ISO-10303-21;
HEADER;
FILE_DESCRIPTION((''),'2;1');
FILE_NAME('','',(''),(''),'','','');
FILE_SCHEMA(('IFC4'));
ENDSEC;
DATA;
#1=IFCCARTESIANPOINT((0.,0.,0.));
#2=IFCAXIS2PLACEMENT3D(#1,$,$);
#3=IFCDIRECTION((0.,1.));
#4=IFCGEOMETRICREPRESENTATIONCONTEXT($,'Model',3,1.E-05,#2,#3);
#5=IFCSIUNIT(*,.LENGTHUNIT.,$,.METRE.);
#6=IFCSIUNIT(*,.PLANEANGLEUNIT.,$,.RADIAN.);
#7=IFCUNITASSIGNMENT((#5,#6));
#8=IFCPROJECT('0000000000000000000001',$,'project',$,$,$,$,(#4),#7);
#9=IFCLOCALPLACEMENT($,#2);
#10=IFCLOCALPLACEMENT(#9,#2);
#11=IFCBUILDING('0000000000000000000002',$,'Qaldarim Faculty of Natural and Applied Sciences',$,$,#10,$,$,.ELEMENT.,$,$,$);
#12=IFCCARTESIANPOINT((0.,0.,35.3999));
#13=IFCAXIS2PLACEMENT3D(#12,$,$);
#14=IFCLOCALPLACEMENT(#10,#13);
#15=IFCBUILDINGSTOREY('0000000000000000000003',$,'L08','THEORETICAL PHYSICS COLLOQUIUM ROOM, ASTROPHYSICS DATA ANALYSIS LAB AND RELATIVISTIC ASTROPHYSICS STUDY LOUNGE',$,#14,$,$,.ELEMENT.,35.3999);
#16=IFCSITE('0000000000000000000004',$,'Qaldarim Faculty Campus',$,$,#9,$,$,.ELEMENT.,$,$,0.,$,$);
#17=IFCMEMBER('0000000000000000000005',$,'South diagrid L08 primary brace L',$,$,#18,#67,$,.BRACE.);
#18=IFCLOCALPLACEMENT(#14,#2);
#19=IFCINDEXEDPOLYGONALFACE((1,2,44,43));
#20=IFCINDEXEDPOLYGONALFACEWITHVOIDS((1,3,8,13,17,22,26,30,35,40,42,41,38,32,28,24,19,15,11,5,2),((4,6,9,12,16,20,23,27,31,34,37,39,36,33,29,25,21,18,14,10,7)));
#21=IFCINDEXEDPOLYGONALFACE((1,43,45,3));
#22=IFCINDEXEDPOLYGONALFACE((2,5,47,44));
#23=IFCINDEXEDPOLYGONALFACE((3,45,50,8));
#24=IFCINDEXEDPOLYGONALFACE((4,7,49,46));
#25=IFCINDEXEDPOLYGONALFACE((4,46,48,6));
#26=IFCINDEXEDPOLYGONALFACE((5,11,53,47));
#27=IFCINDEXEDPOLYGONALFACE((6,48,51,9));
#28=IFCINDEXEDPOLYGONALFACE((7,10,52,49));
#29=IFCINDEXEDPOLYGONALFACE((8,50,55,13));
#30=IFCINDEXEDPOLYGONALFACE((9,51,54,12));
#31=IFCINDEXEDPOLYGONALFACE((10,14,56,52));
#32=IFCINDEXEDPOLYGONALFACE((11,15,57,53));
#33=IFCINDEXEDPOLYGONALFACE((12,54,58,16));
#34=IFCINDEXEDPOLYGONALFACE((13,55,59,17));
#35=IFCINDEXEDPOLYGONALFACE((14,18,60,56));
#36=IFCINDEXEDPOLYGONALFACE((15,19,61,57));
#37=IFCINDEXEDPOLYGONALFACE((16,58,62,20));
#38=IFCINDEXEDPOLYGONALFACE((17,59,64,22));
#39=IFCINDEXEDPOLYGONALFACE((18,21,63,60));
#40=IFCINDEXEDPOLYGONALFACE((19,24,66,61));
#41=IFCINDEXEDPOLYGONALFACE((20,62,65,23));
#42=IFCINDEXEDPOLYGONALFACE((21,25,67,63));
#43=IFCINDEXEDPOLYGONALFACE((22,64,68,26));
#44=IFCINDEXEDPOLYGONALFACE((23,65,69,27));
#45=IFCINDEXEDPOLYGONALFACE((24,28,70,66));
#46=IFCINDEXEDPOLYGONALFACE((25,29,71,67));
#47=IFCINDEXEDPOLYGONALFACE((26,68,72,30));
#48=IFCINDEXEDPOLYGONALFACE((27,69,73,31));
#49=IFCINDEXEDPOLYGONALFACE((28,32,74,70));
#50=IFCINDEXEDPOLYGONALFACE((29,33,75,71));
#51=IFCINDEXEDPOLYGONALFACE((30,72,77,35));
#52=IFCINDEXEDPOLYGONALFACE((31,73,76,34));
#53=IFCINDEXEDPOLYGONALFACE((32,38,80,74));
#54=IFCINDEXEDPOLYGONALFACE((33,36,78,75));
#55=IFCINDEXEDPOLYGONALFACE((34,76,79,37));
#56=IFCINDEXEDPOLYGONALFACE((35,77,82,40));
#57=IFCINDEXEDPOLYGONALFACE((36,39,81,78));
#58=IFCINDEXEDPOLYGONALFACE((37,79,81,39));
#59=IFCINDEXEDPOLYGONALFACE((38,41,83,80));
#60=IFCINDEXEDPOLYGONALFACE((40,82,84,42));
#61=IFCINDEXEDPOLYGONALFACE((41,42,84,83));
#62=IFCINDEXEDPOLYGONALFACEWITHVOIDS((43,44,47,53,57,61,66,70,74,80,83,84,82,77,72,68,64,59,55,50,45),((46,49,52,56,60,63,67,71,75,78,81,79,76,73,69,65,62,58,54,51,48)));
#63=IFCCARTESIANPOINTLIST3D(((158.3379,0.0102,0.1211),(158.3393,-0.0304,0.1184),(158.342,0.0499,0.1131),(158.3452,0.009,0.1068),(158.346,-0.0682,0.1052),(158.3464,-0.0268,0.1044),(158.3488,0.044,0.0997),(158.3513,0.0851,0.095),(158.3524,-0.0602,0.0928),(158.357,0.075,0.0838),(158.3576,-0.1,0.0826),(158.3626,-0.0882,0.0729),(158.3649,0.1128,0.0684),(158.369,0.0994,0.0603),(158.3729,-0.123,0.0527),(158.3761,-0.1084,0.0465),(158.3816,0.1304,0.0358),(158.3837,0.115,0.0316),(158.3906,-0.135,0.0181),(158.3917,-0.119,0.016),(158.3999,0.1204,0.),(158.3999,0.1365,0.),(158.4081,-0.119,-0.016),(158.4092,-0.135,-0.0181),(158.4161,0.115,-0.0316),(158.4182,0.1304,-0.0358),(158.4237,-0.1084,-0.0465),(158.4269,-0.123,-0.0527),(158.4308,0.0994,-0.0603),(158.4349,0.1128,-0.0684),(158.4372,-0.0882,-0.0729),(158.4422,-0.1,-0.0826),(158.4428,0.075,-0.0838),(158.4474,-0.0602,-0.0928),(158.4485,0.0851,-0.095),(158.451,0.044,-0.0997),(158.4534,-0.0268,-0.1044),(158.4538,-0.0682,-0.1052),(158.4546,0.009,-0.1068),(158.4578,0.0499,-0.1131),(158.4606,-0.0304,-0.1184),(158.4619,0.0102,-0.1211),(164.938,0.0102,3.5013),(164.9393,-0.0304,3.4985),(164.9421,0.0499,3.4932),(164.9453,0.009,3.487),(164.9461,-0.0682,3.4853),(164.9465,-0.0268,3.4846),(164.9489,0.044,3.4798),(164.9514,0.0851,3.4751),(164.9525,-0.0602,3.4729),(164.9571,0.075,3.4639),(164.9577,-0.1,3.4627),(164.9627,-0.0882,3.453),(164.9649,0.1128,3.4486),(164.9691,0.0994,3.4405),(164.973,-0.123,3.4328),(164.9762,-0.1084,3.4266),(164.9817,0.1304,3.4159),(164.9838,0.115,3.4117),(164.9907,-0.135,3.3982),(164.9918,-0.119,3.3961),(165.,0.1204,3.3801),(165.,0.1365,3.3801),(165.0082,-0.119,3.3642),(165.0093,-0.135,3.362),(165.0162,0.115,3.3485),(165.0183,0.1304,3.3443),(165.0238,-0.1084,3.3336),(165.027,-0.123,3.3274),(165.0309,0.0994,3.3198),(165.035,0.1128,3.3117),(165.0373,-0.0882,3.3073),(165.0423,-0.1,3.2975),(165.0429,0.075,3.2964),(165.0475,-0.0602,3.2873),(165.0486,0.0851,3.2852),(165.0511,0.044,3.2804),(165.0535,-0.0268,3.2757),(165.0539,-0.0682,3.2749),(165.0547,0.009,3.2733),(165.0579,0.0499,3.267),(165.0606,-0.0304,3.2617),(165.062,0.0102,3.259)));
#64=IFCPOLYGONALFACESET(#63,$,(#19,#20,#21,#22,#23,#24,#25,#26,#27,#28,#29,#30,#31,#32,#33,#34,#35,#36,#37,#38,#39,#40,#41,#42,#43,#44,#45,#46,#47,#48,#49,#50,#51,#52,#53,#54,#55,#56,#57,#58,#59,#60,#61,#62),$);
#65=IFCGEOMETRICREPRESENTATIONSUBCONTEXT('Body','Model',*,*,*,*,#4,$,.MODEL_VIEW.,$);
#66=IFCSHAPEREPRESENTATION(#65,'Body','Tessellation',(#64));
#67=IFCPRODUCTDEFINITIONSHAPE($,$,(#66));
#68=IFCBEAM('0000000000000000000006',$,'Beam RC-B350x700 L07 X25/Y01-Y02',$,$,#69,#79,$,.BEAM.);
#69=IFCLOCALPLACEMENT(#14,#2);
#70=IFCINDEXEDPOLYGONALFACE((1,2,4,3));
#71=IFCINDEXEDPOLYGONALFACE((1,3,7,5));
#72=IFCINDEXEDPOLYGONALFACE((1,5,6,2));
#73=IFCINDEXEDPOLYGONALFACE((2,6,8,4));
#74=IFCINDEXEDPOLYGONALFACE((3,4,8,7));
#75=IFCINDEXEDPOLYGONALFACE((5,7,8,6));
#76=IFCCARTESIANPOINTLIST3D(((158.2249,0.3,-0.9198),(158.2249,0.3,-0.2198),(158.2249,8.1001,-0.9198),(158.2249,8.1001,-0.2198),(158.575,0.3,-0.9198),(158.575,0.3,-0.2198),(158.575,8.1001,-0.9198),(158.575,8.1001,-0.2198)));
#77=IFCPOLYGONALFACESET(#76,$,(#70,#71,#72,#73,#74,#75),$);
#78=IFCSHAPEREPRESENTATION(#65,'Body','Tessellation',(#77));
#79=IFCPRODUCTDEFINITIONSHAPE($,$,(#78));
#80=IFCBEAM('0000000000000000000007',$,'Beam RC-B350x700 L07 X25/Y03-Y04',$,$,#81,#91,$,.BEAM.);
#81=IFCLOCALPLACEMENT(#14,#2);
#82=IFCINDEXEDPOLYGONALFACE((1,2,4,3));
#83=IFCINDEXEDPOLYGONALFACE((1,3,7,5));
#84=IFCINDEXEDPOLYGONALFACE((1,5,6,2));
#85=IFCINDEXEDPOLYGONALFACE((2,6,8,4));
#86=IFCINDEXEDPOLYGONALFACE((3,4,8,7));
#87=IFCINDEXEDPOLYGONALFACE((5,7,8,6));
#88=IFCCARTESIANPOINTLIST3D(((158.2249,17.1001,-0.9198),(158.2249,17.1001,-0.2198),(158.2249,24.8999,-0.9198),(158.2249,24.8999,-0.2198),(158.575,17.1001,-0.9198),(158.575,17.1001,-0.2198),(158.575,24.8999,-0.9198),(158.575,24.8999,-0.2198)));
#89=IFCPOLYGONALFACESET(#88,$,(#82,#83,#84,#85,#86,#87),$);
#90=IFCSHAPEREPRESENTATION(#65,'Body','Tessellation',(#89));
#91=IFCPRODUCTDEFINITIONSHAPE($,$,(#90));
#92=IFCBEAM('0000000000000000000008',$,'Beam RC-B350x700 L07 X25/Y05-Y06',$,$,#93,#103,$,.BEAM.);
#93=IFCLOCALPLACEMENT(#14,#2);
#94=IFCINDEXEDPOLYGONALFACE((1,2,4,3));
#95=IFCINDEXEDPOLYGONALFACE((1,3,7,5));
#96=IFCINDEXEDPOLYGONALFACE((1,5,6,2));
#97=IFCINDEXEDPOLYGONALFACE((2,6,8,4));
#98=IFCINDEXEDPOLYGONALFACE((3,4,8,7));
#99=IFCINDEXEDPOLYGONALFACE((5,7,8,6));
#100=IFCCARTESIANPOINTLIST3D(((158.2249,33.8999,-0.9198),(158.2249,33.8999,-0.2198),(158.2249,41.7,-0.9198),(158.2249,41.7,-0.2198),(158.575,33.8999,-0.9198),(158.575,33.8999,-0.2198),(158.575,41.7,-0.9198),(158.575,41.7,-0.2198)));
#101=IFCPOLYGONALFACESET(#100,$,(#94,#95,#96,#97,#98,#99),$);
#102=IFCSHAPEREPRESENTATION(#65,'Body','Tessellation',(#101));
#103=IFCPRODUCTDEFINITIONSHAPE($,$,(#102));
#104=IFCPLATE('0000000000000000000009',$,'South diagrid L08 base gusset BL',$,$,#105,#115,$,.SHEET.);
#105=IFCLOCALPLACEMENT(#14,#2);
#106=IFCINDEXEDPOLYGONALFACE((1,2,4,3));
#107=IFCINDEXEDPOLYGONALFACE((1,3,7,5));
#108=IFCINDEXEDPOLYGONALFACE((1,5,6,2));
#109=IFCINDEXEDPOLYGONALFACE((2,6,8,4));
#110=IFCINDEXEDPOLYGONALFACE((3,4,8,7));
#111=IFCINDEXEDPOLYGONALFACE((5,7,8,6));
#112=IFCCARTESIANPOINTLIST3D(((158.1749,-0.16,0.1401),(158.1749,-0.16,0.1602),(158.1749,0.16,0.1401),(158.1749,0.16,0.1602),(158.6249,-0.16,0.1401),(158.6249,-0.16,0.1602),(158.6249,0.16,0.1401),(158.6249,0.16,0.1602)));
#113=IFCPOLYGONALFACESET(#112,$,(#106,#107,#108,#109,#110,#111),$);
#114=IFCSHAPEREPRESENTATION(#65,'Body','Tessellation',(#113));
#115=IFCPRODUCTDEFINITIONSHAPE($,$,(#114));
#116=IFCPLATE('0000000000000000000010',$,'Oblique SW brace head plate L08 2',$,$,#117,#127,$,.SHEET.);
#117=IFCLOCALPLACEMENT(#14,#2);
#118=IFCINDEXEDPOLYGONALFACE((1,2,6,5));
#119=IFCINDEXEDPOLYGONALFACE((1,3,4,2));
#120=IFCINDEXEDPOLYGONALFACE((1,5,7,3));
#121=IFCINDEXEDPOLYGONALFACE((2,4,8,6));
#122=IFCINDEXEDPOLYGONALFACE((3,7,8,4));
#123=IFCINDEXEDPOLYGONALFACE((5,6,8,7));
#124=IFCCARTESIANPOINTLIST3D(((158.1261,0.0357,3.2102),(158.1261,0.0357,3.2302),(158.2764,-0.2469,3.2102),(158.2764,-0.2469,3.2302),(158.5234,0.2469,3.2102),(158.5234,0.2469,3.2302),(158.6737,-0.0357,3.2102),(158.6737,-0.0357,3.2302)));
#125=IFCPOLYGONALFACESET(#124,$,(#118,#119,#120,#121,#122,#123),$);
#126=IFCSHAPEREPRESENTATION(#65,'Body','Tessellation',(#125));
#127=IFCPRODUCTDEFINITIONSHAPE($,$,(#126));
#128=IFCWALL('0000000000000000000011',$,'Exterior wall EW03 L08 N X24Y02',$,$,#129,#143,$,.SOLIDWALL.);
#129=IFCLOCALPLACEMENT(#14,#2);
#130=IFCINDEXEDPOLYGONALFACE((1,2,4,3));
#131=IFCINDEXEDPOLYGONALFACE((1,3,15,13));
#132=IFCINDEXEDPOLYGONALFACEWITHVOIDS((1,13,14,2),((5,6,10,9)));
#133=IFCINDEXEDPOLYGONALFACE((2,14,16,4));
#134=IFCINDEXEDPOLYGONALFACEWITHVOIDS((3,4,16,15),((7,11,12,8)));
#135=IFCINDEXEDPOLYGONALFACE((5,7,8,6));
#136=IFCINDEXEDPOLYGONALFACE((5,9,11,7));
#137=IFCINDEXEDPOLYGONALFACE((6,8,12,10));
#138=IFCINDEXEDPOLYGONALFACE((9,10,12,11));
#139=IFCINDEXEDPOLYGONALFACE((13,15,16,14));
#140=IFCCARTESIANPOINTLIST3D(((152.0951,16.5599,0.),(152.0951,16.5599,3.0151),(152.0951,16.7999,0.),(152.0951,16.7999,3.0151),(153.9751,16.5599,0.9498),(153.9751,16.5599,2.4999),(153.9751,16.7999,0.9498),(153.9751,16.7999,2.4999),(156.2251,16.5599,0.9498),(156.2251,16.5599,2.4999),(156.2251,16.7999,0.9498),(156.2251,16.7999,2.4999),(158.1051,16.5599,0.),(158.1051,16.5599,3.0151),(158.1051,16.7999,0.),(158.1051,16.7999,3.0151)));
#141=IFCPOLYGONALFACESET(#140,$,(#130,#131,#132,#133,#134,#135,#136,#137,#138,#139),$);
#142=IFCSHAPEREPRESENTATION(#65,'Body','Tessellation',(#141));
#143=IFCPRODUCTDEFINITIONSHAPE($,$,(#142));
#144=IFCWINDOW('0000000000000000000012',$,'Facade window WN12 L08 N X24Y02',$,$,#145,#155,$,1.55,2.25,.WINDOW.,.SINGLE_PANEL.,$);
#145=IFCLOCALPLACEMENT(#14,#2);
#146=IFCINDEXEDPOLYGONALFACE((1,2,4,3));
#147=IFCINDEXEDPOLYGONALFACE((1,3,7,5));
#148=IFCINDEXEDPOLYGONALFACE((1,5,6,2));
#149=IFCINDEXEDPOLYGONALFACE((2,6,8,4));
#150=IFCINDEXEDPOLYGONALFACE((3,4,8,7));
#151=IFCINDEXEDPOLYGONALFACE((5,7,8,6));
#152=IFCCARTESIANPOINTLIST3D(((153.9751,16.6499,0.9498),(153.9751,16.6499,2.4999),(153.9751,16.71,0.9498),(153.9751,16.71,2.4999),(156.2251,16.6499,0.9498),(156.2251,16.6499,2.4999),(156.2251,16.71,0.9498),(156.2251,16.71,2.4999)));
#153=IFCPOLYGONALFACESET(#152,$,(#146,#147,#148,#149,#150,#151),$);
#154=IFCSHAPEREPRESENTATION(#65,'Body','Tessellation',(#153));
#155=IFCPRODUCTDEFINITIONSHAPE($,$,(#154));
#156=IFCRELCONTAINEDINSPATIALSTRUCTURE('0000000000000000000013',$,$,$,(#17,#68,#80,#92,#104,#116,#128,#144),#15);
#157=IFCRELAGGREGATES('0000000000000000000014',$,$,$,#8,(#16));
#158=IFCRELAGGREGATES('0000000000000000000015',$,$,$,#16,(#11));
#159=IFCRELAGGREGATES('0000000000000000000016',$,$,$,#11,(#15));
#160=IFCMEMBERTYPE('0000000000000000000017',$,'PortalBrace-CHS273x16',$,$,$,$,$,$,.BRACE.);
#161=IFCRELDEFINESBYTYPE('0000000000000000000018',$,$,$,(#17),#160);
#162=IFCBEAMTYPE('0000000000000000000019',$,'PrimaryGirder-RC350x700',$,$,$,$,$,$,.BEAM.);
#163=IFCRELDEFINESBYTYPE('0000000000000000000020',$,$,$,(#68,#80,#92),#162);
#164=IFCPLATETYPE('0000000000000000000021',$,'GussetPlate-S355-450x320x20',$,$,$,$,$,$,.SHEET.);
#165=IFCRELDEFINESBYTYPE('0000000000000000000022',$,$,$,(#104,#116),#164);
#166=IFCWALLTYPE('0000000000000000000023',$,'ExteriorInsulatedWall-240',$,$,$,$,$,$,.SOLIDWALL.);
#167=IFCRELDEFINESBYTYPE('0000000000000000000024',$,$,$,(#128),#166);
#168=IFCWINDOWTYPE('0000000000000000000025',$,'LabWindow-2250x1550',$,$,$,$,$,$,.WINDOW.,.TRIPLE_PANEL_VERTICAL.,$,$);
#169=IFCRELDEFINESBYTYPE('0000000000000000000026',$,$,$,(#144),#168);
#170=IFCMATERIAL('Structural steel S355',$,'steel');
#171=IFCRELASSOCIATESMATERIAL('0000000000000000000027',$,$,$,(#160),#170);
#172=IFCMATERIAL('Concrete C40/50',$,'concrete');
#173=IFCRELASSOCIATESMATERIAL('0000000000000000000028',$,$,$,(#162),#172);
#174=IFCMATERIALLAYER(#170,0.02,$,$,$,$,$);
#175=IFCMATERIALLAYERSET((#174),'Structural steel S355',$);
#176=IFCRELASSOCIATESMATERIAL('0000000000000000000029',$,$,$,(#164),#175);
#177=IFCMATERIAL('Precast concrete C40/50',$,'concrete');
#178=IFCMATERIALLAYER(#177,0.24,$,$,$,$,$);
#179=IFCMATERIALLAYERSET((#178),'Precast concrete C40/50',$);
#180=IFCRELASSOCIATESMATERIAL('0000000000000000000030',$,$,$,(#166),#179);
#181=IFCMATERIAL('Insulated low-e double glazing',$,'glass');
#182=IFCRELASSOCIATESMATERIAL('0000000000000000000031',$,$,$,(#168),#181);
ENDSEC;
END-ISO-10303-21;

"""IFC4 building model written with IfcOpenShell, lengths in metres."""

from ifc_helpers import new_model, si_unit, direction, frame, frame_2d, origin, origin_2d, place, context, subcontext, project, spatial, rectangle, hollow_circle, extrude, material, layer, layer_set, material_profile, profile_set, type_object, element, fill, save


model = new_model("IFC4")

# Units and contexts
model_context = context("Model", 3, precision=1e-05, world=origin(), true_north=direction((0.0, 1.0)))
body_context = subcontext(model_context, "Body", "Model", "MODEL_VIEW")
ifc_project = project(units=[si_unit("LENGTHUNIT", "METRE"), si_unit("PLANEANGLEUNIT", "RADIAN")], contexts=[model_context])

# Site, building, storey
site_placement = place(None, origin())
site = spatial("IfcSite", under=ifc_project, at=site_placement, Name="Qaldarim Faculty Campus", CompositionType="ELEMENT", RefElevation=0.0)
building_placement = place(site_placement, origin())
building = spatial("IfcBuilding", under=site, at=building_placement, Name="Qaldarim Faculty of Natural and Applied Sciences", CompositionType="ELEMENT")
storey_placement = place(building_placement, frame((0.0, 0.0, 35.3999)))
storey = spatial("IfcBuildingStorey", under=building, at=storey_placement, Name="L08", Description="THEORETICAL PHYSICS COLLOQUIUM ROOM, ASTROPHYSICS DATA ANALYSIS LAB AND RELATIVISTIC ASTROPHYSICS STUDY LOUNGE", CompositionType="ELEMENT", Elevation=35.3999)

# Shared definitions
ifc_material_1 = material(Name="Concrete C40/50", Category="concrete")

# Member
ifc_material_2 = material(Name="Structural steel S355", Category="steel")
ifc_material_profile_1 = material_profile(ifc_material_2, hollow_circle(Radius=0.1365, WallThickness=0.0161, at=origin_2d()), Name="CHS 273.0x16.0")
ifc_profile_set_1 = profile_set([ifc_material_profile_1], Name="Structural steel S355")
member_type_1 = type_object("IfcMemberType", Name="PortalBrace-CHS273x16", PredefinedType="BRACE", material=ifc_profile_set_1)
member_1_placement = place(storey_placement, frame((158.3999, 0.0, 0.0), z_axis=(0.890066, 0.0, 0.455832), x_axis=(0.0, 1.0, 0.0)))
element("IfcMember", 1, at=member_1_placement, inside=storey, type_object=member_type_1, Name="South diagrid L08 primary brace L", PredefinedType="BRACE", context=body_context, shape_type="SweptSolid", body=[
    extrude(hollow_circle(Radius=0.1365, WallThickness=0.0161, at=origin_2d()), origin(), (0.0, 0.0, 1.0), 7.4153),
])

# Beams
ifc_material_profile_2 = material_profile(ifc_material_1, rectangle(XDim=0.3501, YDim=0.7, at=origin_2d()), Name="RC-B350x700")
ifc_profile_set_2 = profile_set([ifc_material_profile_2], Name="Concrete C40/50")
beam_type_1 = type_object("IfcBeamType", Name="PrimaryGirder-RC350x700", PredefinedType="BEAM", material=ifc_profile_set_2)
beam_1_placement = place(storey_placement, frame((158.3999, 0.3, -0.5698), z_axis=(0.0, 1.0, 0.0), x_axis=(-1.0, 0.0, 0.0)))
element("IfcBeam", 2, at=beam_1_placement, inside=storey, type_object=beam_type_1, Name="Beam RC-B350x700 L07 X25/Y01-Y02", PredefinedType="BEAM", context=body_context, shape_type="SweptSolid", body=[
    extrude(rectangle(XDim=0.3501, YDim=0.7, at=origin_2d()), origin(), (0.0, 0.0, 1.0), 7.8),
])
beam_2_placement = place(storey_placement, frame((158.3999, 17.1001, -0.5698), z_axis=(0.0, 1.0, 0.0), x_axis=(-1.0, 0.0, 0.0)))
element("IfcBeam", 3, at=beam_2_placement, inside=storey, type_object=beam_type_1, Name="Beam RC-B350x700 L07 X25/Y03-Y04", PredefinedType="BEAM", context=body_context, shape_type="SweptSolid", body=[
    extrude(rectangle(XDim=0.3501, YDim=0.7, at=origin_2d()), origin(), (0.0, 0.0, 1.0), 7.7998),
])
beam_3_placement = place(storey_placement, frame((158.3999, 33.8999, -0.5698), z_axis=(0.0, 1.0, 0.0), x_axis=(-1.0, 0.0, 0.0)))
element("IfcBeam", 4, at=beam_3_placement, inside=storey, type_object=beam_type_1, Name="Beam RC-B350x700 L07 X25/Y05-Y06", PredefinedType="BEAM", context=body_context, shape_type="SweptSolid", body=[
    extrude(rectangle(XDim=0.3501, YDim=0.7, at=origin_2d()), origin(), (0.0, 0.0, 1.0), 7.8),
])

# Plates
ifc_layer_1 = layer(ifc_material_2, 0.02)
ifc_layer_set_1 = layer_set([ifc_layer_1], Name="Structural steel S355")
plate_type = type_object("IfcPlateType", Name="GussetPlate-S355-450x320x20", PredefinedType="SHEET", material=ifc_layer_set_1)
for number, where, z_axis, x_axis, name in (
    (5, (158.3999, 0.0, 0.1401), (0.0, 0.0, 1.0), (1.0, 0.0, 0.0), "South diagrid L08 base gusset BL"),
    (6, (158.3999, 0.0, 3.2102), (0.0, 0.0, 1.0), (0.882948, 0.469472, 0.0), "Oblique SW brace head plate L08 2"),
):
    element("IfcPlate", number, at=place(storey_placement, frame(where, z_axis=z_axis, x_axis=x_axis)), inside=storey, type_object=plate_type, Name=name, PredefinedType="SHEET", context=body_context, shape_type="SweptSolid", body=[
        extrude(rectangle(XDim=0.45, YDim=0.3201, at=origin_2d()), origin(), (0.0, 0.0, 1.0), 0.02),
    ])

# Wall, opening, window
ifc_material_3 = material(Name="Precast concrete C40/50", Category="concrete")
ifc_layer_2 = layer(ifc_material_3, 0.24)
ifc_layer_set_2 = layer_set([ifc_layer_2], Name="Precast concrete C40/50")
wall_type = type_object("IfcWallType", Name="ExteriorInsulatedWall-240", PredefinedType="SOLIDWALL", material=ifc_layer_set_2)
wall_placement = place(storey_placement, frame((158.105, 16.6799, 0.0), z_axis=(0.0, 0.0, 1.0), x_axis=(-1.0, 0.0, 0.0)))
wall = element("IfcWall", 7, at=wall_placement, inside=storey, type_object=wall_type, Name="Exterior wall EW03 L08 N X24Y02", PredefinedType="SOLIDWALL", context=body_context, shape_type="SweptSolid", body=[
    extrude(rectangle(XDim=6.01, YDim=0.24, at=frame_2d((3.0049, 0.0))), origin(), (0.0, 0.0, 1.0), 3.0151),
])
opening_placement = place(wall_placement, frame((1.8799, 0.0, 0.95)))
opening = element("IfcOpeningElement", 8, at=opening_placement, cuts=wall, PredefinedType="OPENING", context=body_context, shape_type="SweptSolid", body=[
    extrude(rectangle(XDim=2.25, YDim=1.55, at=frame_2d((1.125, 0.7749))), frame((0.0, 0.1299, 0.0), z_axis=(0.0, -1.0, 0.0), x_axis=(1.0, 0.0, 0.0)), (0.0, 0.0, 1.0), 0.26),
])
ifc_material_4 = material(Name="Insulated low-e double glazing", Category="glass")
window_type = type_object("IfcWindowType", Name="LabWindow-2250x1550", PartitioningType="TRIPLE_PANEL_VERTICAL", PredefinedType="WINDOW", material=ifc_material_4)
window_placement = place(opening_placement, origin())
window = element("IfcWindow", 9, at=window_placement, inside=storey, type_object=window_type, Name="Facade window WN12 L08 N X24Y02", OverallHeight=1.55, OverallWidth=2.25, PartitioningType="SINGLE_PANEL", PredefinedType="WINDOW", context=body_context, shape_type="SweptSolid", body=[
    extrude(rectangle(XDim=2.25, YDim=1.55, at=frame_2d((1.125, 0.7749))), frame((0.0, 0.03, 0.0), z_axis=(0.0, -1.0, 0.0), x_axis=(1.0, 0.0, 0.0)), (0.0, 0.0, 1.0), 0.0601),
])
fill(opening, window)

save(model, "model.ifc")
